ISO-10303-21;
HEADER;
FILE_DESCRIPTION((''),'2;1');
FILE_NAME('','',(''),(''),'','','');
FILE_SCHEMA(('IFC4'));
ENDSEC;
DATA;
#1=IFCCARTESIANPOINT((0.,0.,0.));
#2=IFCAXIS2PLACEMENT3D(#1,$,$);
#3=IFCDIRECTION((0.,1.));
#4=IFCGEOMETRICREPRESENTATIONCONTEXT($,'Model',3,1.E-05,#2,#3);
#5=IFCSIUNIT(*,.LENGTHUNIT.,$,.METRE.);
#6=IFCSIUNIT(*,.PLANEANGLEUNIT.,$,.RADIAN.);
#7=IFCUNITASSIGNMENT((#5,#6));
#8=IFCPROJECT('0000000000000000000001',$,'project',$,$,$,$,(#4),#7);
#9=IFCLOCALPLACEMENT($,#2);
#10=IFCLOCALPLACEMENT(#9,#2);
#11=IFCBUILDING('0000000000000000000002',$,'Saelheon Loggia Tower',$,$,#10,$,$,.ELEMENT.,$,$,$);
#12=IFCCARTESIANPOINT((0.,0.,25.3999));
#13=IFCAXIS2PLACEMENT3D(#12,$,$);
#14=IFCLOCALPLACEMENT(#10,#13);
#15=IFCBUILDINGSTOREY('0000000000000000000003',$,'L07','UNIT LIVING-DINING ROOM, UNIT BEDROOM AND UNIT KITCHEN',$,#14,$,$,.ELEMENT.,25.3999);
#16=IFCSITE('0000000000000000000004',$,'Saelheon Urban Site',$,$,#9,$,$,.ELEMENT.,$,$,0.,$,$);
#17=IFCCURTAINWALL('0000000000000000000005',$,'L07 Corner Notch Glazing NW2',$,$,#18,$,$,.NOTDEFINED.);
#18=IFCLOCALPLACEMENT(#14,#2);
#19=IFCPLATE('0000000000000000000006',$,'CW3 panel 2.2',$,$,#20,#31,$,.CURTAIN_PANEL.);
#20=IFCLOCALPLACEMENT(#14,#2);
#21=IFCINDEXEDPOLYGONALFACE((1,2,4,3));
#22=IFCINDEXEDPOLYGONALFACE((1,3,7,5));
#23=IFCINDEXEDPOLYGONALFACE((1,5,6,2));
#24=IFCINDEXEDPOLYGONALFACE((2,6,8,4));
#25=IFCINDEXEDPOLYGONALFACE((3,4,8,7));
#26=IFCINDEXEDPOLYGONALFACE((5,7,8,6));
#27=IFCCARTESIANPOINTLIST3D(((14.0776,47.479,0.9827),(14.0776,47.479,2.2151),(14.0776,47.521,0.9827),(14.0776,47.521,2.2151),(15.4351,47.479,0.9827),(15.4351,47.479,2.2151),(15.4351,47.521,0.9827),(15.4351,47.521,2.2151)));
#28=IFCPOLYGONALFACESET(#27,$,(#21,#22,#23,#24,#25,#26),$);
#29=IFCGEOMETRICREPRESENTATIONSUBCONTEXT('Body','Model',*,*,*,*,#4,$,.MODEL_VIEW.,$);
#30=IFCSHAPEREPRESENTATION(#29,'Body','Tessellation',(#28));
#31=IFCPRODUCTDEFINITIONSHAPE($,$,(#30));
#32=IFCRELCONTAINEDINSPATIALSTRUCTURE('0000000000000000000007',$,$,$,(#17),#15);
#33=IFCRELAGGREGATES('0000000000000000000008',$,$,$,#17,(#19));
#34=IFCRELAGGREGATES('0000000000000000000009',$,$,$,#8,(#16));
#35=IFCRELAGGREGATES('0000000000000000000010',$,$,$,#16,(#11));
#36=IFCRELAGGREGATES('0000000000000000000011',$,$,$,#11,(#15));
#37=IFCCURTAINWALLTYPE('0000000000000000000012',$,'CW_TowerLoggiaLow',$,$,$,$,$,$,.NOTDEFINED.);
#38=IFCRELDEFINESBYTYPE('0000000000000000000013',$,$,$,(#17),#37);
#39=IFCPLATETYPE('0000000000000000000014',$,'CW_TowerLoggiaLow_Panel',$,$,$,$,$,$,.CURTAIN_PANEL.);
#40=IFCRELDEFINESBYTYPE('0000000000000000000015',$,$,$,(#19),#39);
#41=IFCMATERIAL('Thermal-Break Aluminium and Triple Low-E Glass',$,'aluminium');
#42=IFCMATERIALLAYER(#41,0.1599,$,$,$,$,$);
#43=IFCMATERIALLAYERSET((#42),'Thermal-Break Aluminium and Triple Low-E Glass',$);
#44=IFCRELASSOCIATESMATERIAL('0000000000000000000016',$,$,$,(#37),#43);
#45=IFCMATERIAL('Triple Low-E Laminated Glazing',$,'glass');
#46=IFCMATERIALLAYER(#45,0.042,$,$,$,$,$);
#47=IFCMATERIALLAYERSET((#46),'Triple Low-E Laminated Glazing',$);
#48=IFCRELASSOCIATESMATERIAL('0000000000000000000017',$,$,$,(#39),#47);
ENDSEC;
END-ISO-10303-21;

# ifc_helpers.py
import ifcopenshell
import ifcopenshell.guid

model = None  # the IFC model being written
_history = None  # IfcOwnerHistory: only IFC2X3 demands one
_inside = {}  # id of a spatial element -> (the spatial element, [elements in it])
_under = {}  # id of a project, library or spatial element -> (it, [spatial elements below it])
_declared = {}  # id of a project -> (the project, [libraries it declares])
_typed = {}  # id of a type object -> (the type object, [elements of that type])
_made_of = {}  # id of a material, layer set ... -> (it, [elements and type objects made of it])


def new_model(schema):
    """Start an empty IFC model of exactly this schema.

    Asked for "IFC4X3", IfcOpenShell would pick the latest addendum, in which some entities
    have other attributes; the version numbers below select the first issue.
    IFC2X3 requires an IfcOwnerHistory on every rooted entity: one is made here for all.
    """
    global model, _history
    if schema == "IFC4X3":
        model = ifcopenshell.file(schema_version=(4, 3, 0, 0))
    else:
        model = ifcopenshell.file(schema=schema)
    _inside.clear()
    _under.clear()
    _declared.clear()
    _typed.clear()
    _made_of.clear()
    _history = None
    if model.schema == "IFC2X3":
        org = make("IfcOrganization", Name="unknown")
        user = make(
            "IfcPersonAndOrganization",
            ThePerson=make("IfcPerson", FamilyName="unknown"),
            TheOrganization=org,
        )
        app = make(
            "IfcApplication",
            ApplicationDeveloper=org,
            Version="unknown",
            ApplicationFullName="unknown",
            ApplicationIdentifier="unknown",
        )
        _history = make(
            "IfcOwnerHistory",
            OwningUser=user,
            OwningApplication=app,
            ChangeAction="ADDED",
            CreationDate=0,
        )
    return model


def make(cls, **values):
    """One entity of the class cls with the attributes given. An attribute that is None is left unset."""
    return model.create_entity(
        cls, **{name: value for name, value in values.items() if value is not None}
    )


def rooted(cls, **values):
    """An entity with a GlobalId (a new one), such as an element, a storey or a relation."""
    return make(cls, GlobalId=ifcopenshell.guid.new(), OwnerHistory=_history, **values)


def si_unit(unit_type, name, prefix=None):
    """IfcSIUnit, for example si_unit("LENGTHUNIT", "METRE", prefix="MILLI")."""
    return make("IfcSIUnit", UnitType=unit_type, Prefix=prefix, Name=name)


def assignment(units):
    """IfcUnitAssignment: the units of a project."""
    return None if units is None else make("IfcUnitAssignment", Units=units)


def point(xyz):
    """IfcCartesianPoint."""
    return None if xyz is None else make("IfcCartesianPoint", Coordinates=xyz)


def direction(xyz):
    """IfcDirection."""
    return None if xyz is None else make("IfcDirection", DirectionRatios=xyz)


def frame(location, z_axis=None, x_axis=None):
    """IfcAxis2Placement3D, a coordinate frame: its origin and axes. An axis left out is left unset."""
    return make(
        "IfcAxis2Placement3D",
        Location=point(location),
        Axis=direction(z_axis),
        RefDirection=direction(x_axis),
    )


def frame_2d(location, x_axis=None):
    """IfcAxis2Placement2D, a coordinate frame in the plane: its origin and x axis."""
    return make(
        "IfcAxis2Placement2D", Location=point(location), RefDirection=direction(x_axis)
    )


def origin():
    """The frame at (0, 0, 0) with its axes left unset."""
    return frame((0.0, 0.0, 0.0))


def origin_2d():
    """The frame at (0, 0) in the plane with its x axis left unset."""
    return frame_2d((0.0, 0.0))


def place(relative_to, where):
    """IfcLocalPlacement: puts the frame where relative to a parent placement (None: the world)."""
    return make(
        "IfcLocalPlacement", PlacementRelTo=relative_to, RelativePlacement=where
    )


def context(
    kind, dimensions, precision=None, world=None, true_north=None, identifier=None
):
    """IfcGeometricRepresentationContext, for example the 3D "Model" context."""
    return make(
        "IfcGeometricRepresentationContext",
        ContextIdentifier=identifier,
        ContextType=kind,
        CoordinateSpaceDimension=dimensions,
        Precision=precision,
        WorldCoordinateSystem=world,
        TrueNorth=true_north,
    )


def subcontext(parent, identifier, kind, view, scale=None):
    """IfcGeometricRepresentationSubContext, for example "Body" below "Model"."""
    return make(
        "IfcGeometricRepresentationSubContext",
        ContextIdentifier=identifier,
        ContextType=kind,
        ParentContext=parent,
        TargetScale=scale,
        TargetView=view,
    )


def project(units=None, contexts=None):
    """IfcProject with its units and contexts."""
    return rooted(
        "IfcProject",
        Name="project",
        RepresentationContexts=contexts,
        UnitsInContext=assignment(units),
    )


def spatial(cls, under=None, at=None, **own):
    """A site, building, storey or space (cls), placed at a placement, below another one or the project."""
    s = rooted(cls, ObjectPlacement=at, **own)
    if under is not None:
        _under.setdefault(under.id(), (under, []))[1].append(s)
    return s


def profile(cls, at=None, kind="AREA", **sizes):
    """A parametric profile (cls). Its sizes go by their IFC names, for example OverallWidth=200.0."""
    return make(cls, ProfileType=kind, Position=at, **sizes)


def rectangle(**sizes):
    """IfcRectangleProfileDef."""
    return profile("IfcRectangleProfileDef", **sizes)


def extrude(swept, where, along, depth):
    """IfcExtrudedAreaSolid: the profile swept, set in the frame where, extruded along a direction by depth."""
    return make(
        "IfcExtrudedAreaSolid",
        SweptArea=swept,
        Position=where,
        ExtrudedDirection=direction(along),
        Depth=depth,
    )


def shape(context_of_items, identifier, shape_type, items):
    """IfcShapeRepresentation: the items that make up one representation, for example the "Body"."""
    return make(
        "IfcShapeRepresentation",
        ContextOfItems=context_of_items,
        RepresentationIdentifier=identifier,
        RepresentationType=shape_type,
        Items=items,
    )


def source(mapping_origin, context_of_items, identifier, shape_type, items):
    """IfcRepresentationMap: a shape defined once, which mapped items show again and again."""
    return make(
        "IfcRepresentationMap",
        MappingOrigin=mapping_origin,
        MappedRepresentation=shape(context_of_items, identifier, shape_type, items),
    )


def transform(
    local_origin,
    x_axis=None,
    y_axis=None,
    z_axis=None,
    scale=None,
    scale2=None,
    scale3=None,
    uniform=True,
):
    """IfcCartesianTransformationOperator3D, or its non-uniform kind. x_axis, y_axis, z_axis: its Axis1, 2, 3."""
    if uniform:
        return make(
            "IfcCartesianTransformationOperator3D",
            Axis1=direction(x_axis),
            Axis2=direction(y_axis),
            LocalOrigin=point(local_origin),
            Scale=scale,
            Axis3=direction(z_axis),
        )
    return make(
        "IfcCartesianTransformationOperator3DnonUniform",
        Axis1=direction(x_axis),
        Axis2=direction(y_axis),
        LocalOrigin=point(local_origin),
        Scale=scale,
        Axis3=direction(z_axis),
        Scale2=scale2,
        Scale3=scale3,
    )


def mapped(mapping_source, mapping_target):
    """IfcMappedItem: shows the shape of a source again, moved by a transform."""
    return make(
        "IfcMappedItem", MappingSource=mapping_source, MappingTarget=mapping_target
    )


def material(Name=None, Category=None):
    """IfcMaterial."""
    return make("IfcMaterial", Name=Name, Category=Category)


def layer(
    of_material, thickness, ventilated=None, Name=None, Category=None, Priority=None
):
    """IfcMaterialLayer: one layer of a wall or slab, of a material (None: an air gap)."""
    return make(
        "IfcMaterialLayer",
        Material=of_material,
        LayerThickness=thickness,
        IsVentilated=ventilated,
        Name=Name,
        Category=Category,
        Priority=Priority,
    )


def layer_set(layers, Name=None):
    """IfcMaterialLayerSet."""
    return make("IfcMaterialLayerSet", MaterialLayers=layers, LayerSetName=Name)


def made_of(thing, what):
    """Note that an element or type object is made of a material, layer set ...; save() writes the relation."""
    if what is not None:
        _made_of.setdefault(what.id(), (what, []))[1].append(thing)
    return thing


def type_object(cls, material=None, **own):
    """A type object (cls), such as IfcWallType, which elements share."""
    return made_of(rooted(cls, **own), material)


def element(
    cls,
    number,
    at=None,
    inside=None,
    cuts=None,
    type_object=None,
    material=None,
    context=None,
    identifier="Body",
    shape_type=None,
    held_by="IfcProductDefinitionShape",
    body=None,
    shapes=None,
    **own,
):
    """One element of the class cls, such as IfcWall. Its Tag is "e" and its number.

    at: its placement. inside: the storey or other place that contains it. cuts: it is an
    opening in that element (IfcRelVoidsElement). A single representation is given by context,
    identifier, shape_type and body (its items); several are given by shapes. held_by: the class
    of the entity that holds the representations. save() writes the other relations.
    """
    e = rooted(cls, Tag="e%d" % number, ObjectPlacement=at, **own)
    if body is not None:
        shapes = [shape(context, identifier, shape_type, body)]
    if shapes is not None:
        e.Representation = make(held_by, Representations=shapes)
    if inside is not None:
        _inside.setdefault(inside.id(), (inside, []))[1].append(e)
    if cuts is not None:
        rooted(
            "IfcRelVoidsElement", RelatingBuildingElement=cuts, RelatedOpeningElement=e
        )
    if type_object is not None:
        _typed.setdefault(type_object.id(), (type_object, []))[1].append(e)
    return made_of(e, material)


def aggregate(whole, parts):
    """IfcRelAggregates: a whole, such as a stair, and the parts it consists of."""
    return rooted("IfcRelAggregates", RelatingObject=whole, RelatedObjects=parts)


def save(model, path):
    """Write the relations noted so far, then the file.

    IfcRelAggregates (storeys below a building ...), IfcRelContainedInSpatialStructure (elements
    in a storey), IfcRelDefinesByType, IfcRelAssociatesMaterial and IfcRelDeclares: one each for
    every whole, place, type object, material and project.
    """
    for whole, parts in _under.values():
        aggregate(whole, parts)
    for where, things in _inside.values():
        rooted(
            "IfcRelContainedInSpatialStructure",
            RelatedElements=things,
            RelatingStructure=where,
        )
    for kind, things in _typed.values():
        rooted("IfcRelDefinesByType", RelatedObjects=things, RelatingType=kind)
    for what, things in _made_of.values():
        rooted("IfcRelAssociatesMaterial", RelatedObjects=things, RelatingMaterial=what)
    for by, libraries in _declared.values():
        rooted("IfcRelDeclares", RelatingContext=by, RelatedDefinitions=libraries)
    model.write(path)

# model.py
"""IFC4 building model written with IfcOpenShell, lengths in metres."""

from ifc_helpers import new_model, si_unit, direction, frame, origin, origin_2d, place, context, subcontext, project, spatial, rectangle, extrude, source, transform, mapped, material, layer, layer_set, type_object, element, aggregate, save


model = new_model("IFC4")

# Units and contexts
model_context = context("Model", 3, precision=1e-05, world=origin(), true_north=direction((0.0, 1.0)))
body_context = subcontext(model_context, "Body", "Model", "MODEL_VIEW")
ifc_project = project(units=[si_unit("LENGTHUNIT", "METRE"), si_unit("PLANEANGLEUNIT", "RADIAN")], contexts=[model_context])

# Site, building, storey
site_placement = place(None, origin())
site = spatial("IfcSite", under=ifc_project, at=site_placement, Name="Saelheon Urban Site", CompositionType="ELEMENT", RefElevation=0.0)
building_placement = place(site_placement, origin())
building = spatial("IfcBuilding", under=site, at=building_placement, Name="Saelheon Loggia Tower", CompositionType="ELEMENT")
storey_placement = place(building_placement, frame((0.0, 0.0, 25.3999)))
storey = spatial("IfcBuildingStorey", under=building, at=storey_placement, Name="L07", Description="UNIT LIVING-DINING ROOM, UNIT BEDROOM AND UNIT KITCHEN", CompositionType="ELEMENT", Elevation=25.3999)

# Curtain wall
ifc_material_1 = material(Name="Thermal-Break Aluminium and Triple Low-E Glass", Category="aluminium")
ifc_layer_1 = layer(ifc_material_1, 0.1599)
ifc_layer_set_1 = layer_set([ifc_layer_1], Name="Thermal-Break Aluminium and Triple Low-E Glass")
curtain_wall_type = type_object("IfcCurtainWallType", Name="CW_TowerLoggiaLow", PredefinedType="NOTDEFINED", material=ifc_layer_set_1)
curtain_wall_1_placement = place(storey_placement, origin())
curtain_wall_1 = element("IfcCurtainWall", 1, at=curtain_wall_1_placement, inside=storey, type_object=curtain_wall_type, Name="L07 Corner Notch Glazing NW2", PredefinedType="NOTDEFINED")

# Plate
ifc_material_2 = material(Name="Triple Low-E Laminated Glazing", Category="glass")
ifc_layer_2 = layer(ifc_material_2, 0.042)
ifc_layer_set_2 = layer_set([ifc_layer_2], Name="Triple Low-E Laminated Glazing")
plate_type = type_object("IfcPlateType", Name="CW_TowerLoggiaLow_Panel", PredefinedType="CURTAIN_PANEL", material=ifc_layer_set_2)
shared_shape_1 = source(origin(), body_context, "Body", "SweptSolid", [
    extrude(rectangle(XDim=1.3574, YDim=0.042, at=origin_2d()), origin(), (0.0, 0.0, 1.0), 1.2324),
])
plate_1_placement = place(storey_placement, frame((14.7563, 47.5, 0.9827), z_axis=(0.0, 0.0, 1.0), x_axis=(1.0, 0.0, 0.0)))
plate_1 = element("IfcPlate", 2, at=plate_1_placement, type_object=plate_type, Name="CW3 panel 2.2", PredefinedType="CURTAIN_PANEL", context=body_context, shape_type="MappedRepresentation", body=[
    mapped(shared_shape_1, transform((0.0, 0.0, 0.0), scale=1.0)),
])
aggregate(curtain_wall_1, [plate_1])

save(model, "model.ifc")
